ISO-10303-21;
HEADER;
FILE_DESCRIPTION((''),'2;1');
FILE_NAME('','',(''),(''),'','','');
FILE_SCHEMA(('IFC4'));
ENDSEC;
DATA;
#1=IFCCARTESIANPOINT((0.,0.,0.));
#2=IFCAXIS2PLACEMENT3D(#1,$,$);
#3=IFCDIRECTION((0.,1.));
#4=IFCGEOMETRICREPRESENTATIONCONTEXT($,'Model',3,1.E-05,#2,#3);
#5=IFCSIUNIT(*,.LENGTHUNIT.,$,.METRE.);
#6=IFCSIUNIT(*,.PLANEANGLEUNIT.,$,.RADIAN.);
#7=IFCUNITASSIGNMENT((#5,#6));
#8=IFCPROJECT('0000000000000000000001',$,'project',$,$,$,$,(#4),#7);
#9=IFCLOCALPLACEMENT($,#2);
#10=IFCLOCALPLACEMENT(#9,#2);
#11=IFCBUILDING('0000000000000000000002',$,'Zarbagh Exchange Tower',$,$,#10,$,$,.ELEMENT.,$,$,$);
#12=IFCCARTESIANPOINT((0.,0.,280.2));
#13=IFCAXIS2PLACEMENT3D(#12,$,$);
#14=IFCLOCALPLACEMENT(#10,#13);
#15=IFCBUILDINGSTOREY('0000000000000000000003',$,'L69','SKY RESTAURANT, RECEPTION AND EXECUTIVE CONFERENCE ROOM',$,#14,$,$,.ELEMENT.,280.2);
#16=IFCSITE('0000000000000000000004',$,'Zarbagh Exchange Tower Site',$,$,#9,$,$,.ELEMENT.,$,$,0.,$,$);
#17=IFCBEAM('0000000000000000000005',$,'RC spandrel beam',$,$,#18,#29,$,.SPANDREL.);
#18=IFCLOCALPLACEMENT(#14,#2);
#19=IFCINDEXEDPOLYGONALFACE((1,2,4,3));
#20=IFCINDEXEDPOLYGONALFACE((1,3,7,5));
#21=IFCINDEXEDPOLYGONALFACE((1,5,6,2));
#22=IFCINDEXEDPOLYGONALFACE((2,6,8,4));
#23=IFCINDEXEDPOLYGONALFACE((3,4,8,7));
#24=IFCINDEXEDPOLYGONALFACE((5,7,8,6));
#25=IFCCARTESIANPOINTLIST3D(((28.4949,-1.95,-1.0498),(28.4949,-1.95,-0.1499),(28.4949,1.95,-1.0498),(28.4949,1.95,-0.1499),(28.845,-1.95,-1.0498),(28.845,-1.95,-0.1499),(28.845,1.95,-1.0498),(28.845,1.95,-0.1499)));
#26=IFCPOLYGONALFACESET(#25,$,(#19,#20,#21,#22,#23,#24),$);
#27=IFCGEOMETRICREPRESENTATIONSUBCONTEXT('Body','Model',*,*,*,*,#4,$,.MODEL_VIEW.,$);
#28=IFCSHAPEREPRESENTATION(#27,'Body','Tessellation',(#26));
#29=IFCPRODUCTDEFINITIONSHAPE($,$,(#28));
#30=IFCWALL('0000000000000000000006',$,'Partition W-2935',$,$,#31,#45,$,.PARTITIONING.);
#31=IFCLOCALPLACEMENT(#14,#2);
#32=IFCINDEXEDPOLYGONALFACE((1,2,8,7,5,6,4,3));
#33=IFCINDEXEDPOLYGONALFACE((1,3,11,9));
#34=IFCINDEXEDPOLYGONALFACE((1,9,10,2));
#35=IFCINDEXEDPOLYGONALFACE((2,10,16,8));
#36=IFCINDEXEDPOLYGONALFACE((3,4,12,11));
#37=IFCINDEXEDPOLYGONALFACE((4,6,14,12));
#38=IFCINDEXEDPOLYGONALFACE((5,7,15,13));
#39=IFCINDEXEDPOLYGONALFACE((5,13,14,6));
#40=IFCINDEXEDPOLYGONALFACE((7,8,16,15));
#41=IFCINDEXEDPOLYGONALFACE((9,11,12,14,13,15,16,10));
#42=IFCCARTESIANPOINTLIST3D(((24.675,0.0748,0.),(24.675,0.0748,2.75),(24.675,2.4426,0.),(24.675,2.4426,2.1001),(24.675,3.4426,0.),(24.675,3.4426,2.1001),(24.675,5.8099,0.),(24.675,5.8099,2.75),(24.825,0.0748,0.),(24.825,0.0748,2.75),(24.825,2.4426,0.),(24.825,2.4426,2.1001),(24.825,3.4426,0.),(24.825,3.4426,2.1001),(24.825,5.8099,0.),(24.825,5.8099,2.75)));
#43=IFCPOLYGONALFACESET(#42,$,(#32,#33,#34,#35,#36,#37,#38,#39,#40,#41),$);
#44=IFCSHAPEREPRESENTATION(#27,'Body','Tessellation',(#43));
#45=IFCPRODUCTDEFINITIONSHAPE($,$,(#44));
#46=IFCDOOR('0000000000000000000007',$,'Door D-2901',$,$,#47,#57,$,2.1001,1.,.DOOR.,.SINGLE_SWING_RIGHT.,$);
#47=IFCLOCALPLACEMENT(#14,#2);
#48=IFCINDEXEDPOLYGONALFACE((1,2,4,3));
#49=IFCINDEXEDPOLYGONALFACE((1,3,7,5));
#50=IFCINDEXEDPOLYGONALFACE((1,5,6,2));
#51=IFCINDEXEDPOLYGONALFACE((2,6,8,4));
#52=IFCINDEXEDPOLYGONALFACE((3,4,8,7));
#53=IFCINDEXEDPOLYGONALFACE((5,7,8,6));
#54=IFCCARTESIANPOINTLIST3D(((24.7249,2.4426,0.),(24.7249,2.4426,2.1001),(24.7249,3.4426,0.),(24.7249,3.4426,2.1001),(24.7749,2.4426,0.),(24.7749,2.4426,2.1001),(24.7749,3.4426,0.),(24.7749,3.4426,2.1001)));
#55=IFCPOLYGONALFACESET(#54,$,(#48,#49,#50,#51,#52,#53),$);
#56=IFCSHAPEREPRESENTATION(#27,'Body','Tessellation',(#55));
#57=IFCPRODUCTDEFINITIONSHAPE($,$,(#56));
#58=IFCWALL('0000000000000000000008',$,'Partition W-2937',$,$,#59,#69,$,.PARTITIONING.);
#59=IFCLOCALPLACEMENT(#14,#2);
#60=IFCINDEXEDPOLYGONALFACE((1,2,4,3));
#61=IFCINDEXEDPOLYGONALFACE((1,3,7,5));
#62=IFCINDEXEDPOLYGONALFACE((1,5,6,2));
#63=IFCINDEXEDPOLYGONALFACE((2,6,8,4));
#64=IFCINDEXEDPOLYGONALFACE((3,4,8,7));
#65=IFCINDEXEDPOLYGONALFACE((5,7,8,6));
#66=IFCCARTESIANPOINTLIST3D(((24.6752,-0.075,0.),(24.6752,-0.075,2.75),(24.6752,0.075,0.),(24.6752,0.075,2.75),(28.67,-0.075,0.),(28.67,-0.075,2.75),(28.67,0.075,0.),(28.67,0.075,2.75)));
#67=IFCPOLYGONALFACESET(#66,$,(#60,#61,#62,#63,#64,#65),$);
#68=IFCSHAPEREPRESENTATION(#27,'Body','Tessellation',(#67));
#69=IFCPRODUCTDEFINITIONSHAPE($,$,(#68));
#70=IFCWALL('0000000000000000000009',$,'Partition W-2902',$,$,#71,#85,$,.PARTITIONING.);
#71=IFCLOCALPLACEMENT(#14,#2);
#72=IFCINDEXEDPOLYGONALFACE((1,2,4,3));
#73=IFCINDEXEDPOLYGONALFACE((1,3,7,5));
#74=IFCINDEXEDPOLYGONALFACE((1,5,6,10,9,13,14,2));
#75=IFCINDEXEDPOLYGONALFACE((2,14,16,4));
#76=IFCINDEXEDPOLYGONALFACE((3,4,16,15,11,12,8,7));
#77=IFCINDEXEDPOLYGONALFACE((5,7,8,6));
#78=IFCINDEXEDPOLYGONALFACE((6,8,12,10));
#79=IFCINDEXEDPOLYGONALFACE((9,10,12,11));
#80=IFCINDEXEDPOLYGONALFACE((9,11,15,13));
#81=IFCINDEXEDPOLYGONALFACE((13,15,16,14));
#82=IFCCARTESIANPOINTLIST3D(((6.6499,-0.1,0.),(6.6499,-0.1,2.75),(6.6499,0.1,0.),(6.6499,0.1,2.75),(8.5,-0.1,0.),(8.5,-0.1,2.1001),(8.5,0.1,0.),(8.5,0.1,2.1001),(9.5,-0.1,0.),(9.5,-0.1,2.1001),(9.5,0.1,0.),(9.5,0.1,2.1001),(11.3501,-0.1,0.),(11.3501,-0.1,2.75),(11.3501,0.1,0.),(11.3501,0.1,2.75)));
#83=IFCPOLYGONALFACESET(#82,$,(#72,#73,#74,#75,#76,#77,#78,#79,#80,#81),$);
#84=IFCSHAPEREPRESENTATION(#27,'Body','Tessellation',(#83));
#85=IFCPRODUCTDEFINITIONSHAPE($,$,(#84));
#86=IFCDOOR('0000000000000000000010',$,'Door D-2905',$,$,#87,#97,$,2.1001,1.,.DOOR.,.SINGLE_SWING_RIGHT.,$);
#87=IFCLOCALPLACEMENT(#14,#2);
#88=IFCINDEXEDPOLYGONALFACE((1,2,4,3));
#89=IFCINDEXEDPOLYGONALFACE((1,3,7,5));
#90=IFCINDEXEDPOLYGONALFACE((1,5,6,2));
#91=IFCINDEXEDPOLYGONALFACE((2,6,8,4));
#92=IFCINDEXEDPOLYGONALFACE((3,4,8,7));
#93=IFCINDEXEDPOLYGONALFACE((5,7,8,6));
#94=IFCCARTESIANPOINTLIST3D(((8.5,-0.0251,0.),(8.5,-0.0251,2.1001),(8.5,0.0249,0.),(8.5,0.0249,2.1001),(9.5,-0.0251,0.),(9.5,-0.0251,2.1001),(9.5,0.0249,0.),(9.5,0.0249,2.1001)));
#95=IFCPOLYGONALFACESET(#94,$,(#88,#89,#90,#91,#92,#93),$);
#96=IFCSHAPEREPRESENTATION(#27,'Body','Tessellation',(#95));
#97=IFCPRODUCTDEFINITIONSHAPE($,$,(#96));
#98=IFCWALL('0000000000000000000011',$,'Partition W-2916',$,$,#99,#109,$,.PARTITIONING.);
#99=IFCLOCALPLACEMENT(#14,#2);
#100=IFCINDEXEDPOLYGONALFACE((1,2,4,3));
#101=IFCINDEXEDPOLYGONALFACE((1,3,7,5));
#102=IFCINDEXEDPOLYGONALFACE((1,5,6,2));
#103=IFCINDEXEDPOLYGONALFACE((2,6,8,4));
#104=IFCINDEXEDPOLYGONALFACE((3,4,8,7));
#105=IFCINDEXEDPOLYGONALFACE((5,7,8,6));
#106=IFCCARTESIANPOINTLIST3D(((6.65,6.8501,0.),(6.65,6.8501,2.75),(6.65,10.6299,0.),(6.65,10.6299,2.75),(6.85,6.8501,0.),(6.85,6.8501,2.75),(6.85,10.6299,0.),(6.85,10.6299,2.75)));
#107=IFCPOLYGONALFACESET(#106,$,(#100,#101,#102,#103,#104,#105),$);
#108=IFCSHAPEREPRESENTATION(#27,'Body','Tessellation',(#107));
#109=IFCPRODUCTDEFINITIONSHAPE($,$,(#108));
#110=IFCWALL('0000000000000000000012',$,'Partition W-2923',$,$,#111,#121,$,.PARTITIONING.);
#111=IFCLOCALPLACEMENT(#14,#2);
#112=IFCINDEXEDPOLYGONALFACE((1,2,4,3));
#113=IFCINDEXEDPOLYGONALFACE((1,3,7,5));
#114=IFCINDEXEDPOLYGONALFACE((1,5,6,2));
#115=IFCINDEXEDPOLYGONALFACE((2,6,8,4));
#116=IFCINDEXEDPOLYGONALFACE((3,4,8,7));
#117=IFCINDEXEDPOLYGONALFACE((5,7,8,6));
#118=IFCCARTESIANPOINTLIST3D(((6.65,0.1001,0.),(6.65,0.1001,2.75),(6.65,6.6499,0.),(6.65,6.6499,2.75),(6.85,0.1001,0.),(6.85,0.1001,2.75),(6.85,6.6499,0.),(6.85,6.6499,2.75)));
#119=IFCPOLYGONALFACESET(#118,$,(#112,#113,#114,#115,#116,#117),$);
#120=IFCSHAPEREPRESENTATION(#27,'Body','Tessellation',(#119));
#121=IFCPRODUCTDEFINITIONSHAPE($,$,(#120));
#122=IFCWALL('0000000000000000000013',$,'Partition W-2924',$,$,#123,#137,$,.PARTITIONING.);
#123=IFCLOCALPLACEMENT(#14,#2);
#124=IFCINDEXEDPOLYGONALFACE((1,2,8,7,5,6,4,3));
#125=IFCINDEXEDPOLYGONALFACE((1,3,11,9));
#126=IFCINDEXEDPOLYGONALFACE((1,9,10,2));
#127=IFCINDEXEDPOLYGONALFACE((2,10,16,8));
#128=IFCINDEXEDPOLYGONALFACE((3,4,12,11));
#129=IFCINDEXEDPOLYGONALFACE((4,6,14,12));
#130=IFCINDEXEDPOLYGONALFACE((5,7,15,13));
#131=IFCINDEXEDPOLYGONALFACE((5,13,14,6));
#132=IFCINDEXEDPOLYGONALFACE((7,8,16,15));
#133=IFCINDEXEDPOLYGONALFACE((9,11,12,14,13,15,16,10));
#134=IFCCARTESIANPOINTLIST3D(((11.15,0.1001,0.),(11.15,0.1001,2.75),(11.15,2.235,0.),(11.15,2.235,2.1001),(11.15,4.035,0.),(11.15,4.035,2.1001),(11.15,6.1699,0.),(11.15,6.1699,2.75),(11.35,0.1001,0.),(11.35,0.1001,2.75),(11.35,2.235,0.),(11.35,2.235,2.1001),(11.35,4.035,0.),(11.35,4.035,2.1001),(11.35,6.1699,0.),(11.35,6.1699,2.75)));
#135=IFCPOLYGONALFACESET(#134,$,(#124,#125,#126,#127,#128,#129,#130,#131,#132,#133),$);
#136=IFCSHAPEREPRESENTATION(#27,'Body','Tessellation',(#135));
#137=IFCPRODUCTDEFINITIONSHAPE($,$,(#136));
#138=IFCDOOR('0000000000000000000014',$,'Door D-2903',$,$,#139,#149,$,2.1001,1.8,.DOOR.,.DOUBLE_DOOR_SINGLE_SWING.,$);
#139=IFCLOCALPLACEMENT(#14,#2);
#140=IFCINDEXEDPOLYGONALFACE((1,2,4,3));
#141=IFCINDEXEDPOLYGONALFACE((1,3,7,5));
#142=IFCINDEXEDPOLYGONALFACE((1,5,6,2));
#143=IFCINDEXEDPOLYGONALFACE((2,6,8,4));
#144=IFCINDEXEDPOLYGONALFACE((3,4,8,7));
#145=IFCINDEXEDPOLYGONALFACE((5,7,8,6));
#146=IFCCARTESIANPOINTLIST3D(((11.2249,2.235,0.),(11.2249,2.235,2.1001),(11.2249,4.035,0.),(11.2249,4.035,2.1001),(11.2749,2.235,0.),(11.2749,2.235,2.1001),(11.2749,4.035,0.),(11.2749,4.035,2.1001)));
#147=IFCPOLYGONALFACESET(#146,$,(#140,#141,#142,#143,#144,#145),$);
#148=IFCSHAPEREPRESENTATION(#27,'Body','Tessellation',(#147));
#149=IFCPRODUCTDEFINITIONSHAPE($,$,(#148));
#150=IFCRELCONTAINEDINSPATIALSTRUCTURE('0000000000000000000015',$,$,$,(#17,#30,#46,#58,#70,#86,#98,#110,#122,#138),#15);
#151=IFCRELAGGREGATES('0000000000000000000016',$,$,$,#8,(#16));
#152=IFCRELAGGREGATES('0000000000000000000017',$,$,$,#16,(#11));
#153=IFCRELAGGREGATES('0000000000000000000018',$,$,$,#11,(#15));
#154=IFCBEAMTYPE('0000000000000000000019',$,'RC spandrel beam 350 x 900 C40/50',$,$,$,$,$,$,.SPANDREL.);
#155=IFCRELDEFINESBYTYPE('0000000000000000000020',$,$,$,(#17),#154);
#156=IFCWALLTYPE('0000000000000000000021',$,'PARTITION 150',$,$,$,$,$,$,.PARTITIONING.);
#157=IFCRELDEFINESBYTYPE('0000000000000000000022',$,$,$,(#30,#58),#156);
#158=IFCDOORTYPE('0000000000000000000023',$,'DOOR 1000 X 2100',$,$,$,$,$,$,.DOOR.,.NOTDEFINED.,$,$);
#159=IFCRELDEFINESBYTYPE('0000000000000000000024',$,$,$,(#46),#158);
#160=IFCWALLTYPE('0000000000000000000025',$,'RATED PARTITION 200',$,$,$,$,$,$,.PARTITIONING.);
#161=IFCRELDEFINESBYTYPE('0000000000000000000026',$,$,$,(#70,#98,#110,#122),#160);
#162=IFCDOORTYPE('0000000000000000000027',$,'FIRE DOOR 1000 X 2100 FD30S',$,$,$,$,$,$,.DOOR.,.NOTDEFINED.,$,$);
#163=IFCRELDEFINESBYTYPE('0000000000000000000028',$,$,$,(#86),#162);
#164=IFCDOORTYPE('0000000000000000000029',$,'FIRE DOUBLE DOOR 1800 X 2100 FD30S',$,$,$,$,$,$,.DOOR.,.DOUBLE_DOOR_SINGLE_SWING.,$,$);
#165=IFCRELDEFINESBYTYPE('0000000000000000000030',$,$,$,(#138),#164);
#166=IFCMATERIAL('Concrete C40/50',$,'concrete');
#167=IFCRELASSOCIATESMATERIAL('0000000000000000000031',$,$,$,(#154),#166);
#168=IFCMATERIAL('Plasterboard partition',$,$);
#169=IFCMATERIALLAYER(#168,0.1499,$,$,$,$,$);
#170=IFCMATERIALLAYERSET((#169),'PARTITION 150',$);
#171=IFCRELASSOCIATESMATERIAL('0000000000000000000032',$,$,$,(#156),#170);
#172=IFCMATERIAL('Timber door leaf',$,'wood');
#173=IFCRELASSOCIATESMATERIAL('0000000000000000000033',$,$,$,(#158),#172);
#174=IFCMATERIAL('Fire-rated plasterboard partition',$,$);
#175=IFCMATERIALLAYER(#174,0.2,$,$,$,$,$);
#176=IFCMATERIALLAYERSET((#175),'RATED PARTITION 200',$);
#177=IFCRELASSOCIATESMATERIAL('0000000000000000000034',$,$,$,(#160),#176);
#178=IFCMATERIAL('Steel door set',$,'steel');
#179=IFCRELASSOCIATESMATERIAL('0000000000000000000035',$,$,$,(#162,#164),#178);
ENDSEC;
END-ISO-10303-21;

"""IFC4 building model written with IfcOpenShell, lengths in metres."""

from ifc_helpers import new_model, si_unit, direction, frame, frame_2d, origin, origin_2d, place, context, subcontext, project, spatial, rectangle, extrude, material, layer, layer_set, material_profile, profile_set, type_object, element, fill, save


model = new_model("IFC4")

# Units and contexts
model_context = context("Model", 3, precision=1e-05, world=origin(), true_north=direction((0.0, 1.0)))
body_context = subcontext(model_context, "Body", "Model", "MODEL_VIEW")
ifc_project = project(units=[si_unit("LENGTHUNIT", "METRE"), si_unit("PLANEANGLEUNIT", "RADIAN")], contexts=[model_context])

# Site, building, storey
site_placement = place(None, origin())
site = spatial("IfcSite", under=ifc_project, at=site_placement, Name="Zarbagh Exchange Tower Site", CompositionType="ELEMENT", RefElevation=0.0)
building_placement = place(site_placement, origin())
building = spatial("IfcBuilding", under=site, at=building_placement, Name="Zarbagh Exchange Tower", CompositionType="ELEMENT")
storey_placement = place(building_placement, frame((0.0, 0.0, 280.2)))
storey = spatial("IfcBuildingStorey", under=building, at=storey_placement, Name="L69", Description="SKY RESTAURANT, RECEPTION AND EXECUTIVE CONFERENCE ROOM", CompositionType="ELEMENT", Elevation=280.2)

# Shared definitions
ifc_material_1 = material(Name="Concrete C40/50", Category="concrete")

# Beam
ifc_material_profile_1 = material_profile(ifc_material_1, rectangle(XDim=0.3501, YDim=0.8999, at=origin_2d()), Name="RC spandrel beam 350 x 900 C40/50")
ifc_profile_set_1 = profile_set([ifc_material_profile_1], Name="Concrete C40/50")
beam_type_1 = type_object("IfcBeamType", Name="RC spandrel beam 350 x 900 C40/50", PredefinedType="SPANDREL", material=ifc_profile_set_1)
beam_1_placement = place(storey_placement, frame((28.6699, 1.95, -0.5999), z_axis=(0.0, -1.0, 0.0), x_axis=(1.0, 0.0, 0.0)))
element("IfcBeam", 1, at=beam_1_placement, inside=storey, type_object=beam_type_1, Name="RC spandrel beam", PredefinedType="SPANDREL", context=body_context, shape_type="SweptSolid", body=[
    extrude(rectangle(XDim=0.3501, YDim=0.8999, at=origin_2d()), origin(), (0.0, 0.0, 1.0), 3.8999),
])

# Wall, opening, door
ifc_material_2 = material(Name="Plasterboard partition")
ifc_layer_1 = layer(ifc_material_2, 0.1499)
ifc_layer_set_1 = layer_set([ifc_layer_1], Name="PARTITION 150")
wall_type_1 = type_object("IfcWallType", Name="PARTITION 150", PredefinedType="PARTITIONING", material=ifc_layer_set_1)
wall_1_placement = place(storey_placement, frame((24.75, 5.8101, 0.0), z_axis=(0.0, 0.0, 1.0), x_axis=(0.0, -1.0, 0.0)))
wall_1 = element("IfcWall", 2, at=wall_1_placement, inside=storey, type_object=wall_type_1, Name="Partition W-2935", PredefinedType="PARTITIONING", context=body_context, shape_type="SweptSolid", body=[
    extrude(rectangle(XDim=5.7351, YDim=0.1499, at=frame_2d((2.8677, 0.0))), origin(), (0.0, 0.0, 1.0), 2.75),
])
opening_1_placement = place(wall_1_placement, frame((2.3674, 0.0, 0.0)))
opening_1 = element("IfcOpeningElement", 3, at=opening_1_placement, cuts=wall_1, PredefinedType="OPENING", context=body_context, shape_type="SweptSolid", body=[
    extrude(rectangle(XDim=1.0, YDim=2.1001, at=frame_2d((0.5, 1.05))), frame((0.0, 0.085, 0.0), z_axis=(0.0, -1.0, 0.0), x_axis=(1.0, 0.0, 0.0)), (0.0, 0.0, 1.0), 0.1699),
])
ifc_material_3 = material(Name="Timber door leaf", Category="wood")
door_type_1 = type_object("IfcDoorType", Name="DOOR 1000 X 2100", OperationType="NOTDEFINED", PredefinedType="DOOR", material=ifc_material_3)
door_1_placement = place(opening_1_placement, origin())
door_1 = element("IfcDoor", 4, at=door_1_placement, inside=storey, type_object=door_type_1, Name="Door D-2901", OperationType="SINGLE_SWING_RIGHT", OverallHeight=2.1001, OverallWidth=1.0, PredefinedType="DOOR", context=body_context, shape_type="SweptSolid", body=[
    extrude(rectangle(XDim=1.0, YDim=2.1001, at=frame_2d((0.5, 1.05))), frame((0.0, 0.0249, 0.0), z_axis=(0.0, -1.0, 0.0), x_axis=(1.0, 0.0, 0.0)), (0.0, 0.0, 1.0), 0.05),
])
fill(opening_1, door_1)

# Wall
wall_2_placement = place(storey_placement, frame((24.675, 0.0, 0.0), z_axis=(0.0, 0.0, 1.0), x_axis=(1.0, 0.0, 0.0)))
element("IfcWall", 5, at=wall_2_placement, inside=storey, type_object=wall_type_1, Name="Partition W-2937", PredefinedType="PARTITIONING", context=body_context, shape_type="SweptSolid", body=[
    extrude(rectangle(XDim=3.9949, YDim=0.1499, at=frame_2d((1.9976, 0.0))), origin(), (0.0, 0.0, 1.0), 2.75),
])

# Wall, opening, door
ifc_material_4 = material(Name="Fire-rated plasterboard partition")
ifc_layer_2 = layer(ifc_material_4, 0.2)
ifc_layer_set_2 = layer_set([ifc_layer_2], Name="RATED PARTITION 200")
wall_type_2 = type_object("IfcWallType", Name="RATED PARTITION 200", PredefinedType="PARTITIONING", material=ifc_layer_set_2)
wall_3_placement = place(storey_placement, frame((6.6499, 0.0, 0.0), z_axis=(0.0, 0.0, 1.0), x_axis=(1.0, 0.0, 0.0)))
wall_3 = element("IfcWall", 6, at=wall_3_placement, inside=storey, type_object=wall_type_2, Name="Partition W-2902", PredefinedType="PARTITIONING", context=body_context, shape_type="SweptSolid", body=[
    extrude(rectangle(XDim=4.7002, YDim=0.2, at=frame_2d((2.3501, 0.0))), origin(), (0.0, 0.0, 1.0), 2.75),
])
opening_2_placement = place(wall_3_placement, frame((1.8501, 0.0, 0.0)))
opening_2 = element("IfcOpeningElement", 7, at=opening_2_placement, cuts=wall_3, PredefinedType="OPENING", context=body_context, shape_type="SweptSolid", body=[
    extrude(rectangle(XDim=1.0, YDim=2.1001, at=frame_2d((0.5, 1.05))), frame((0.0, 0.1099, 0.0), z_axis=(0.0, -1.0, 0.0), x_axis=(1.0, 0.0, 0.0)), (0.0, 0.0, 1.0), 0.22),
])
ifc_material_5 = material(Name="Steel door set", Category="steel")
door_type_2 = type_object("IfcDoorType", Name="FIRE DOOR 1000 X 2100 FD30S", OperationType="NOTDEFINED", PredefinedType="DOOR", material=ifc_material_5)
door_2_placement = place(opening_2_placement, origin())
door_2 = element("IfcDoor", 8, at=door_2_placement, inside=storey, type_object=door_type_2, Name="Door D-2905", OperationType="SINGLE_SWING_RIGHT", OverallHeight=2.1001, OverallWidth=1.0, PredefinedType="DOOR", context=body_context, shape_type="SweptSolid", body=[
    extrude(rectangle(XDim=1.0, YDim=2.1001, at=frame_2d((0.5, 1.05))), frame((0.0, 0.0249, 0.0), z_axis=(0.0, -1.0, 0.0), x_axis=(1.0, 0.0, 0.0)), (0.0, 0.0, 1.0), 0.05),
])
fill(opening_2, door_2)

# Walls
wall_4_placement = place(storey_placement, frame((6.75, 6.8501, 0.0), z_axis=(0.0, 0.0, 1.0), x_axis=(0.0, 1.0, 0.0)))
element("IfcWall", 9, at=wall_4_placement, inside=storey, type_object=wall_type_2, Name="Partition W-2916", PredefinedType="PARTITIONING", context=body_context, shape_type="SweptSolid", body=[
    extrude(rectangle(XDim=3.7798, YDim=0.2, at=frame_2d((1.8899, 0.0))), origin(), (0.0, 0.0, 1.0), 2.75),
])
wall_5_placement = place(storey_placement, frame((6.75, 0.1001, 0.0), z_axis=(0.0, 0.0, 1.0), x_axis=(0.0, 1.0, 0.0)))
element("IfcWall", 10, at=wall_5_placement, inside=storey, type_object=wall_type_2, Name="Partition W-2923", PredefinedType="PARTITIONING", context=body_context, shape_type="SweptSolid", body=[
    extrude(rectangle(XDim=6.5498, YDim=0.2, at=frame_2d((3.2749, 0.0))), origin(), (0.0, 0.0, 1.0), 2.75),
])

# Wall, opening, door
wall_6_placement = place(storey_placement, frame((11.25, 6.1699, 0.0), z_axis=(0.0, 0.0, 1.0), x_axis=(0.0, -1.0, 0.0)))
wall_6 = element("IfcWall", 11, at=wall_6_placement, inside=storey, type_object=wall_type_2, Name="Partition W-2924", PredefinedType="PARTITIONING", context=body_context, shape_type="SweptSolid", body=[
    extrude(rectangle(XDim=6.0698, YDim=0.2, at=frame_2d((3.0349, 0.0))), origin(), (0.0, 0.0, 1.0), 2.75),
])
opening_3_placement = place(wall_6_placement, frame((2.135, 0.0, 0.0)))
opening_3 = element("IfcOpeningElement", 12, at=opening_3_placement, cuts=wall_6, PredefinedType="OPENING", context=body_context, shape_type="SweptSolid", body=[
    extrude(rectangle(XDim=1.8, YDim=2.1001, at=frame_2d((0.8999, 1.05))), frame((0.0, 0.1099, 0.0), z_axis=(0.0, -1.0, 0.0), x_axis=(1.0, 0.0, 0.0)), (0.0, 0.0, 1.0), 0.22),
])
door_type_3 = type_object("IfcDoorType", Name="FIRE DOUBLE DOOR 1800 X 2100 FD30S", OperationType="DOUBLE_DOOR_SINGLE_SWING", PredefinedType="DOOR", material=ifc_material_5)
door_3_placement = place(opening_3_placement, origin())
door_3 = element("IfcDoor", 13, at=door_3_placement, inside=storey, type_object=door_type_3, Name="Door D-2903", OperationType="DOUBLE_DOOR_SINGLE_SWING", OverallHeight=2.1001, OverallWidth=1.8, PredefinedType="DOOR", context=body_context, shape_type="SweptSolid", body=[
    extrude(rectangle(XDim=1.8, YDim=2.1001, at=frame_2d((0.8999, 1.05))), frame((0.0, 0.0249, 0.0), z_axis=(0.0, -1.0, 0.0), x_axis=(1.0, 0.0, 0.0)), (0.0, 0.0, 1.0), 0.05),
])
fill(opening_3, door_3)

save(model, "model.ifc")
